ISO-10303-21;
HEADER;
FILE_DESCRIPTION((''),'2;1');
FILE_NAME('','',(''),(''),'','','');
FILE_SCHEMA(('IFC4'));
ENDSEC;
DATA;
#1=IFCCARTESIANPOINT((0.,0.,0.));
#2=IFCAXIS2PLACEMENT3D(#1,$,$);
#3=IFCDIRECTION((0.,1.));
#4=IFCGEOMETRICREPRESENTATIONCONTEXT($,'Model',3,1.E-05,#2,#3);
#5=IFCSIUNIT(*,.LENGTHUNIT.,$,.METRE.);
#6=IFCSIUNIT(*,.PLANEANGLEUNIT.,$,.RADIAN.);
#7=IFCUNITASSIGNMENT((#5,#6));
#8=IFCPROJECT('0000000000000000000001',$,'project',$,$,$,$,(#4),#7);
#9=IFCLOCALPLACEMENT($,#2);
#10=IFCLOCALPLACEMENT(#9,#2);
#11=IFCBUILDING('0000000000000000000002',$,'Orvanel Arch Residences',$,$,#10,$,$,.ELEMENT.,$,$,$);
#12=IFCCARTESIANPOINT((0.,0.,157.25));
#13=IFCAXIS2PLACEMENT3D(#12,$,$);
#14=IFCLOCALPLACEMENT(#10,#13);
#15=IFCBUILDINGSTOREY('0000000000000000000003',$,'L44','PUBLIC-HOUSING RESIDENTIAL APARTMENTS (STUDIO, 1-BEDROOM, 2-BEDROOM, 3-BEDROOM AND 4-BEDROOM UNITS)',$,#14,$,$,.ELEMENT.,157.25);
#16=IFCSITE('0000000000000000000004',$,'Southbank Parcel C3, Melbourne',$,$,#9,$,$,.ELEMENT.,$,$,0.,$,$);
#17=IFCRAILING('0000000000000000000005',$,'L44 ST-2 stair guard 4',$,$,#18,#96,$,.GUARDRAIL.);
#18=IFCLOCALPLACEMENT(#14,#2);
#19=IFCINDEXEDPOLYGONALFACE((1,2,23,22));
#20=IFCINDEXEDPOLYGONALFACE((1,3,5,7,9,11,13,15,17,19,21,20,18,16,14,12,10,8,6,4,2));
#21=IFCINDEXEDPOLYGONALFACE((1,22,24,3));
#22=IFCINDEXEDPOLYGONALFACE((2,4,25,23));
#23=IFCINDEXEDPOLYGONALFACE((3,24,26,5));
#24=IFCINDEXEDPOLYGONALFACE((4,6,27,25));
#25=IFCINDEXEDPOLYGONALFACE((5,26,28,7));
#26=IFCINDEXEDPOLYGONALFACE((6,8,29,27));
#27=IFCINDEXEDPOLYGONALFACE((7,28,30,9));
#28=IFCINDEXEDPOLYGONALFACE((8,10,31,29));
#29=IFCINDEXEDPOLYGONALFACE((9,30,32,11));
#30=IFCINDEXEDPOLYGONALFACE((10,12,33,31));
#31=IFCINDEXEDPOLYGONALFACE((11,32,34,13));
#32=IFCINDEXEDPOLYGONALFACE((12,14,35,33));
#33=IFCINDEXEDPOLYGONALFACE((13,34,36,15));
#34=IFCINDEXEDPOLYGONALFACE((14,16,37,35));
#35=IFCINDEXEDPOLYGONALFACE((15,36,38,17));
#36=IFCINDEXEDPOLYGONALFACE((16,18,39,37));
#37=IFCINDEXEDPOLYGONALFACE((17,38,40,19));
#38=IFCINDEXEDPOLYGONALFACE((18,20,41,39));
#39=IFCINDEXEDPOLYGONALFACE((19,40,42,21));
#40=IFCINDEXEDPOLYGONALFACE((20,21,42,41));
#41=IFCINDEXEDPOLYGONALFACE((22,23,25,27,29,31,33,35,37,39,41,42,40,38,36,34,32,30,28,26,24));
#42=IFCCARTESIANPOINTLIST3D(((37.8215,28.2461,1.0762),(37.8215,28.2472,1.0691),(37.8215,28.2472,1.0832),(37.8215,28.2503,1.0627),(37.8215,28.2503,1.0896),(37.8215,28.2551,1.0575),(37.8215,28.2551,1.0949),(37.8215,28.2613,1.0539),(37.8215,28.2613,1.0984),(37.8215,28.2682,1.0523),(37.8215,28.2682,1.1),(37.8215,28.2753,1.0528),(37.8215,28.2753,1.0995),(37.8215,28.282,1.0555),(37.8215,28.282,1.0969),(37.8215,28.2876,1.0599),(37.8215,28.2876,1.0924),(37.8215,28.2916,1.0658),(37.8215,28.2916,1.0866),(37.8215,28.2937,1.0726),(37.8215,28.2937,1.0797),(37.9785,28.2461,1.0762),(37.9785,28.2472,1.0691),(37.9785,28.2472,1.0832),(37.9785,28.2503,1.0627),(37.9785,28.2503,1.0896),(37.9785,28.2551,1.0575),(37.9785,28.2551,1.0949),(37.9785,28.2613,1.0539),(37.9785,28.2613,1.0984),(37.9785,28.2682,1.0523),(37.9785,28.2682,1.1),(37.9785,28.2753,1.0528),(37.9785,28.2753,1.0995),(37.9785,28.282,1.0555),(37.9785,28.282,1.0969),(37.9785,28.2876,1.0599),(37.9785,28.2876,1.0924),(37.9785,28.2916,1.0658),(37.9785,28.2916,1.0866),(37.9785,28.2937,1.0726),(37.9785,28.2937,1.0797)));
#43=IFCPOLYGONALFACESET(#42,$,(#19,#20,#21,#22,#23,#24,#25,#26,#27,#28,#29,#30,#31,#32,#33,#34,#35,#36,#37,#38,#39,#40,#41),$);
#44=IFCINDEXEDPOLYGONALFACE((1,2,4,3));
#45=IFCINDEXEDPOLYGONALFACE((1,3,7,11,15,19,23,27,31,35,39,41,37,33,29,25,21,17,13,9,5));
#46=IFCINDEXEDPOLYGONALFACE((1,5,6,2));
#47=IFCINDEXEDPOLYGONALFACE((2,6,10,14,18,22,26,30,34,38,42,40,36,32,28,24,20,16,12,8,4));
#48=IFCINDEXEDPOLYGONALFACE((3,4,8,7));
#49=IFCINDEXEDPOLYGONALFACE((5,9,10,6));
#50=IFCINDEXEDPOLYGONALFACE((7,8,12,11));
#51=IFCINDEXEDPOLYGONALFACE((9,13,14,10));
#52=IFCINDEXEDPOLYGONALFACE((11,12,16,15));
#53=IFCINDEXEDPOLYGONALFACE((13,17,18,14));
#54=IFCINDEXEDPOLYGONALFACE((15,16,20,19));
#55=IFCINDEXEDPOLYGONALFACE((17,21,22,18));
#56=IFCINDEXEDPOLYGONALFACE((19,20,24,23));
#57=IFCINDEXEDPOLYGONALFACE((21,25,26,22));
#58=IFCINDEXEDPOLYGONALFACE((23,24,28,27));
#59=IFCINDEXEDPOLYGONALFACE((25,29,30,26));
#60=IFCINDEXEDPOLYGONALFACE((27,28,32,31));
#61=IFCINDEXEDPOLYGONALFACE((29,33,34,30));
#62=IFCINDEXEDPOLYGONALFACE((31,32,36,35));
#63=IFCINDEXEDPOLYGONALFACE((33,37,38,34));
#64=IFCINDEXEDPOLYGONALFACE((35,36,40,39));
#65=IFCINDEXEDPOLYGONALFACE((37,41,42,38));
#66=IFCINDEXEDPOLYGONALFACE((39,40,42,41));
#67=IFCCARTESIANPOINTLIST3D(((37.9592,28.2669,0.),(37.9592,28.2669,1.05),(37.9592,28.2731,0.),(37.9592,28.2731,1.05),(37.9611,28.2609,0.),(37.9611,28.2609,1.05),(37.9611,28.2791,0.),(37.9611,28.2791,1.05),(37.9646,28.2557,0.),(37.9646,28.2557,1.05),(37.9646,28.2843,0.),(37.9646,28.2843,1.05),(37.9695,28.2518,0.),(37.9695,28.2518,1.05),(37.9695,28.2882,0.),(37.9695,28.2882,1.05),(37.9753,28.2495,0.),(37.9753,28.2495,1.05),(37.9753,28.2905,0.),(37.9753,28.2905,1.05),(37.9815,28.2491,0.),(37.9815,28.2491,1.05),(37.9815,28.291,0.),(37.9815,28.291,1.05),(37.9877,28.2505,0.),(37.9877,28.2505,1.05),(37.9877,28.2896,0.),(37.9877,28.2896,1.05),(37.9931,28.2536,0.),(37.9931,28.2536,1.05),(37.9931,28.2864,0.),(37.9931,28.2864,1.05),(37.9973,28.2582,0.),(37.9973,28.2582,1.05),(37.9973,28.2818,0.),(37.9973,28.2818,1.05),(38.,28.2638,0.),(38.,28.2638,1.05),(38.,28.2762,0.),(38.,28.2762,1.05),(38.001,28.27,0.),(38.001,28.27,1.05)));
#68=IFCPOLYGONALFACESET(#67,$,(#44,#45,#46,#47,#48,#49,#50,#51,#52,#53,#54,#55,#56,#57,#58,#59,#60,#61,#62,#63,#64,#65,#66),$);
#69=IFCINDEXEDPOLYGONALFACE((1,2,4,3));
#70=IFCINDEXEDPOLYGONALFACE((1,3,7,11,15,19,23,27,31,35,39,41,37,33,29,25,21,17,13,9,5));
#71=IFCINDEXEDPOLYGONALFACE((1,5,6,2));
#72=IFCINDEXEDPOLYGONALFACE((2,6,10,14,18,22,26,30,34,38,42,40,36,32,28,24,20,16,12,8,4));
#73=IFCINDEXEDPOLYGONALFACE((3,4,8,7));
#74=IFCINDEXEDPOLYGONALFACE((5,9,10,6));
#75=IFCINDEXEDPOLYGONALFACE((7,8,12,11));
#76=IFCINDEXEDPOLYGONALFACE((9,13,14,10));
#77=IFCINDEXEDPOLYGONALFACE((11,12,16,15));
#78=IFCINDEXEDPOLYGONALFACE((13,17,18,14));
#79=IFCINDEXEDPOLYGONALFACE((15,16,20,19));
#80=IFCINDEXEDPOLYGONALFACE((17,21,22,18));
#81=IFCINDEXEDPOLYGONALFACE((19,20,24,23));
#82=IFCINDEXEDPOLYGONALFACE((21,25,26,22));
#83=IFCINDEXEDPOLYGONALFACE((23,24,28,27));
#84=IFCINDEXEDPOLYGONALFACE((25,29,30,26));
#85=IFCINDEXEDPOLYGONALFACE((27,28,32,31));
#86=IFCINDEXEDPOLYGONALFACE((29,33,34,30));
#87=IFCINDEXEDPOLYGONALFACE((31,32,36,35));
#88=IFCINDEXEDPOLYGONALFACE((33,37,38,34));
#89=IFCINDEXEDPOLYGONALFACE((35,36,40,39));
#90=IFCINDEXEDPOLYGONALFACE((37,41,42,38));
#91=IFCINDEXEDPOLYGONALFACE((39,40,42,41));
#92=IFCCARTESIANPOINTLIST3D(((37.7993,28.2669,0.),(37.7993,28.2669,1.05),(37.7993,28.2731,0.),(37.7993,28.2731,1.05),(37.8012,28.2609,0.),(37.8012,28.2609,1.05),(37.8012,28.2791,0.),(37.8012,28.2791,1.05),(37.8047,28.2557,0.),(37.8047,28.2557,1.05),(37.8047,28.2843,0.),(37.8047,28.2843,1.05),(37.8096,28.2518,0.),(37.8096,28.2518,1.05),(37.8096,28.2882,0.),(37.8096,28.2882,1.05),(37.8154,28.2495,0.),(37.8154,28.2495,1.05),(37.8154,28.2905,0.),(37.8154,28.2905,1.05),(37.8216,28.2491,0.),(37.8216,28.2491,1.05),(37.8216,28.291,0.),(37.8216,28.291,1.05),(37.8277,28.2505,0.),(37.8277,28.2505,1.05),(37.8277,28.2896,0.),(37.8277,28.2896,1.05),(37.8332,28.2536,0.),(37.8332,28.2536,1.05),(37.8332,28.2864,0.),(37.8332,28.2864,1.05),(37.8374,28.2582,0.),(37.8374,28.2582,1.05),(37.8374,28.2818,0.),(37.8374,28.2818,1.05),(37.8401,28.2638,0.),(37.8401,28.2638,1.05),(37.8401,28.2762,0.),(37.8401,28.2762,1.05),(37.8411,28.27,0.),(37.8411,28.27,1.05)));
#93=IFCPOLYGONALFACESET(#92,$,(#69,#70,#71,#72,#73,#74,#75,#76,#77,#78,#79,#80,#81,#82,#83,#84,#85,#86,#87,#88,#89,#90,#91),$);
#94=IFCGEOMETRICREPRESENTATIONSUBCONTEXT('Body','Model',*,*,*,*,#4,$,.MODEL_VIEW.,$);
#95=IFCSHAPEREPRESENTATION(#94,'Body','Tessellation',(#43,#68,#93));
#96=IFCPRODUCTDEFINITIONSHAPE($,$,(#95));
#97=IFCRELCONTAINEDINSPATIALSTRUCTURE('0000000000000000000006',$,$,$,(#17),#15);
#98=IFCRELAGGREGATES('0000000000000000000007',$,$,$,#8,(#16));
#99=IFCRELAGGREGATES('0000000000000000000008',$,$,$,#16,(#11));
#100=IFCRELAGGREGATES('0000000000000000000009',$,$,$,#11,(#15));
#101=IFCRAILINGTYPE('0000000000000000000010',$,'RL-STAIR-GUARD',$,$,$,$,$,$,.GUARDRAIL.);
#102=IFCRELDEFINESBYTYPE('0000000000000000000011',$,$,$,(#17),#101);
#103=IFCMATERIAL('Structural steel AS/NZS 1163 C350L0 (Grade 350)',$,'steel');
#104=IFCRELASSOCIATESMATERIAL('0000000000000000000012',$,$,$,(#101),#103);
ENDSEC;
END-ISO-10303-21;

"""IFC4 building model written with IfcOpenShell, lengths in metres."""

from ifc_helpers import new_model, si_unit, direction, frame, origin, origin_2d, place, context, subcontext, project, spatial, circle, extrude, material, type_object, element, save


model = new_model("IFC4")

# Units and contexts
model_context = context("Model", 3, precision=1e-05, world=origin(), true_north=direction((0.0, 1.0)))
body_context = subcontext(model_context, "Body", "Model", "MODEL_VIEW")
ifc_project = project(units=[si_unit("LENGTHUNIT", "METRE"), si_unit("PLANEANGLEUNIT", "RADIAN")], contexts=[model_context])

# Site, building, storey
site_placement = place(None, origin())
site = spatial("IfcSite", under=ifc_project, at=site_placement, Name="Southbank Parcel C3, Melbourne", CompositionType="ELEMENT", RefElevation=0.0)
building_placement = place(site_placement, origin())
building = spatial("IfcBuilding", under=site, at=building_placement, Name="Orvanel Arch Residences", CompositionType="ELEMENT")
storey_placement = place(building_placement, frame((0.0, 0.0, 157.25)))
storey = spatial("IfcBuildingStorey", under=building, at=storey_placement, Name="L44", Description="PUBLIC-HOUSING RESIDENTIAL APARTMENTS (STUDIO, 1-BEDROOM, 2-BEDROOM, 3-BEDROOM AND 4-BEDROOM UNITS)", CompositionType="ELEMENT", Elevation=157.25)

# Railing
ifc_material_1 = material(Name="Structural steel AS/NZS 1163 C350L0 (Grade 350)", Category="steel")
railing_type_1 = type_object("IfcRailingType", Name="RL-STAIR-GUARD", PredefinedType="GUARDRAIL", material=ifc_material_1)
railing_1_placement = place(storey_placement, frame((37.98, 28.27, 0.0)))
element("IfcRailing", 1, at=railing_1_placement, inside=storey, type_object=railing_type_1, Name="L44 ST-2 stair guard 4", PredefinedType="GUARDRAIL", context=body_context, shape_type="SweptSolid", body=[
    extrude(circle(Radius=0.0239, at=origin_2d()), frame((-0.0015, 0.0, 1.0762), z_axis=(-1.0, 0.0, 0.0), x_axis=(0.0, -1.0, 0.0)), (0.0, 0.0, 1.0), 0.157),
    extrude(circle(Radius=0.021, at=origin_2d()), origin(), (0.0, 0.0, 1.0), 1.05),
    extrude(circle(Radius=0.021, at=origin_2d()), frame((-0.1599, 0.0, 0.0)), (0.0, 0.0, 1.0), 1.05),
])

save(model, "model.ifc")
